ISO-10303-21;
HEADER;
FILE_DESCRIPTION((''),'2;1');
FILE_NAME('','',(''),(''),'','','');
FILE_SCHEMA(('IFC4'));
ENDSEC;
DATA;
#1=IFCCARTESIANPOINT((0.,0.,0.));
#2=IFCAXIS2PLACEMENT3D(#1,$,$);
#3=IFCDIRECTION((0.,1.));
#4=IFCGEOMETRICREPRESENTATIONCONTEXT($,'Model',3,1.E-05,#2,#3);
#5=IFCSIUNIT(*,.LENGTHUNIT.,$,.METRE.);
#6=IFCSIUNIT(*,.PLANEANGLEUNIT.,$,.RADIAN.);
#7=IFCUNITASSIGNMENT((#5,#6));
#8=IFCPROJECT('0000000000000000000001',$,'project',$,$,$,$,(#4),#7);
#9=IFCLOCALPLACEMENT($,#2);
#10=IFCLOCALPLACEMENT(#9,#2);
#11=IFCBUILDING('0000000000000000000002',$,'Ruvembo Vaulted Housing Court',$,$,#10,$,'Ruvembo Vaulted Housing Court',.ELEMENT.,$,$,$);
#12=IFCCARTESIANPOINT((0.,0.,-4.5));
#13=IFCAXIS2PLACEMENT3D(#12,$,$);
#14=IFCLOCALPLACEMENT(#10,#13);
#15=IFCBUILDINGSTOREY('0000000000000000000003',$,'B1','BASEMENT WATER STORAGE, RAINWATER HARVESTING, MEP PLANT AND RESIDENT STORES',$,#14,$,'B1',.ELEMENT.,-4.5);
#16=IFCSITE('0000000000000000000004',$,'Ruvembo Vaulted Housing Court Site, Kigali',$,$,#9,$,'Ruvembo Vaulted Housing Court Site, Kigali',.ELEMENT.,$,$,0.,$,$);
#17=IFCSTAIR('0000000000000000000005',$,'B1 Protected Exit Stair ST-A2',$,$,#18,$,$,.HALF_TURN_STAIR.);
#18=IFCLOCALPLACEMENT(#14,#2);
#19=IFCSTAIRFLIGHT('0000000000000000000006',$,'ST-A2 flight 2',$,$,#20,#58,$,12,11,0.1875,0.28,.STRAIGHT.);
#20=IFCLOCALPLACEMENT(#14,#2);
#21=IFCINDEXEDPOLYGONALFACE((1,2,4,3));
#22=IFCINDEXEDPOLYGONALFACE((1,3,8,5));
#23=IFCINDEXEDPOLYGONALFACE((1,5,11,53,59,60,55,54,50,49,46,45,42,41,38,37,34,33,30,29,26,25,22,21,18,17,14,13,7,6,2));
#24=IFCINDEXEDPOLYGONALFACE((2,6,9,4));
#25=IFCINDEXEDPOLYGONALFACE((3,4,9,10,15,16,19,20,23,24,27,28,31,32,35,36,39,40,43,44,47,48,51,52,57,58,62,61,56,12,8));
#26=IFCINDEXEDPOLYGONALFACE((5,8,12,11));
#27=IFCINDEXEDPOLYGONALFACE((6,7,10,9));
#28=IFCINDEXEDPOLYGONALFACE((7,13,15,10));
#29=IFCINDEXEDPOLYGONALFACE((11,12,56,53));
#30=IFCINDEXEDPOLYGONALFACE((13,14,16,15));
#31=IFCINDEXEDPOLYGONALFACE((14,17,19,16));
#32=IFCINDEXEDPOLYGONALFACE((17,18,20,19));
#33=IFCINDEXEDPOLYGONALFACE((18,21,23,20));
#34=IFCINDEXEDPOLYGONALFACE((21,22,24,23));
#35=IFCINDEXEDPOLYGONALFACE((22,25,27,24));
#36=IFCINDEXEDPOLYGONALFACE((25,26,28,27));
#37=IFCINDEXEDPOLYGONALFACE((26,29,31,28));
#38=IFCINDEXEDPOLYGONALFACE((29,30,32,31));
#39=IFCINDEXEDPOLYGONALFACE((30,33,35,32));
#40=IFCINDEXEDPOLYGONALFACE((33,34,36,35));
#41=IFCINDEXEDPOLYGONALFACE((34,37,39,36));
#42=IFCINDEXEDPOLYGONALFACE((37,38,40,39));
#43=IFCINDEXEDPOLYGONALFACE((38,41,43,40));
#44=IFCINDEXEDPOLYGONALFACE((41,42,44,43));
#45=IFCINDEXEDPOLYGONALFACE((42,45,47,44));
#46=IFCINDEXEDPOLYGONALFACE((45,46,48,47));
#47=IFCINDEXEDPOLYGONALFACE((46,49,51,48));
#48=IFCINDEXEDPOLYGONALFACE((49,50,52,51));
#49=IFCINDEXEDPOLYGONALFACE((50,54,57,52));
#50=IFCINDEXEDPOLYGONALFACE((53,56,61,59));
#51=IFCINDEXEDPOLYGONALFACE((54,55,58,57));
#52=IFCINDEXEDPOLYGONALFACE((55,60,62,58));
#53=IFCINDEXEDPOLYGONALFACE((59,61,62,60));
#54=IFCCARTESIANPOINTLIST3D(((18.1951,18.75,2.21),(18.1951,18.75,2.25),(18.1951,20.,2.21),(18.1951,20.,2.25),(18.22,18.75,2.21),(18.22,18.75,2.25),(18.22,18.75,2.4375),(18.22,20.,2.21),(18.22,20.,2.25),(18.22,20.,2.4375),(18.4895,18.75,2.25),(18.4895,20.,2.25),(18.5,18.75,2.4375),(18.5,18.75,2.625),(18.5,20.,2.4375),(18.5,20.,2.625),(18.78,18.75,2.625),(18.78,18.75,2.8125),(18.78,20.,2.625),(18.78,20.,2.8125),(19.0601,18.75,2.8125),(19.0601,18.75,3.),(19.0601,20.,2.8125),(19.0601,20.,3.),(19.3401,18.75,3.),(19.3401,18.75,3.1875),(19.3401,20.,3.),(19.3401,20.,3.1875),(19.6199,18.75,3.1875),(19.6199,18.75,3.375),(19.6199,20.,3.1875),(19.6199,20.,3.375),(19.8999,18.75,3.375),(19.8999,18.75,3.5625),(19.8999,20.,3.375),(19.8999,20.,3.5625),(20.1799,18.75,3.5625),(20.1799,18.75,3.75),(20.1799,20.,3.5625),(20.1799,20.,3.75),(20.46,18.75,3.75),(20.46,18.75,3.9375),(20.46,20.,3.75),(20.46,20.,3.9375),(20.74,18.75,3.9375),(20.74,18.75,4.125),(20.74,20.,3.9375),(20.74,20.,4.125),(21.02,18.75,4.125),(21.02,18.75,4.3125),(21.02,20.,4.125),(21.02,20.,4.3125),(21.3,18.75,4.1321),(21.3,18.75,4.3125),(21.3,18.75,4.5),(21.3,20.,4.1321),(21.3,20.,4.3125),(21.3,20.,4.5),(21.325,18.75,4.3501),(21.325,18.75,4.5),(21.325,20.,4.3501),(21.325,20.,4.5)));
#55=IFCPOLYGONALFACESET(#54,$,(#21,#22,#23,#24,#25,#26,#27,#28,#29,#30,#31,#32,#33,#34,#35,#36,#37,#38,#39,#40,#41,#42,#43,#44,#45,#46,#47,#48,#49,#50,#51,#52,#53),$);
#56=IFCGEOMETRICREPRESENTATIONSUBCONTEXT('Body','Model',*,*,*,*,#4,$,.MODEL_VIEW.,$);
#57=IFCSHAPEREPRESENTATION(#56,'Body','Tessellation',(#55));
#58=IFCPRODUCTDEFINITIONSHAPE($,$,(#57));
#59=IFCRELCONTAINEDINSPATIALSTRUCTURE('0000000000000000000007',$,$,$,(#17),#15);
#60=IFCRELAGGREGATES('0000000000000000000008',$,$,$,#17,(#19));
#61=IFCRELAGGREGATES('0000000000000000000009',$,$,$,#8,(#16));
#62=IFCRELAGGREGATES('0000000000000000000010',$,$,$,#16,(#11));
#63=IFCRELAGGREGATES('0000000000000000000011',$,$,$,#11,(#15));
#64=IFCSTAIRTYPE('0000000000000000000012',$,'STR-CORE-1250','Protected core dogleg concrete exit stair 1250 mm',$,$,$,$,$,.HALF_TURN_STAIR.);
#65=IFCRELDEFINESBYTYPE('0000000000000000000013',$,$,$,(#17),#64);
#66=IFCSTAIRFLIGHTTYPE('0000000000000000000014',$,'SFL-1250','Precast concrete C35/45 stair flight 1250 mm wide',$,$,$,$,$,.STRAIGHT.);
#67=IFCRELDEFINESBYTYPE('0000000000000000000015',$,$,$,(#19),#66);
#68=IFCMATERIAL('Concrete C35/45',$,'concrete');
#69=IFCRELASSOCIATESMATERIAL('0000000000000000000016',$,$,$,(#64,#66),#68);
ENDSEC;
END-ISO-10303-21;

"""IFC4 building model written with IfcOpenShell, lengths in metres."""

from ifc_helpers import new_model, si_unit, direction, frame, origin, place, context, subcontext, project, spatial, polyline, outline, extrude, material, type_object, element, aggregate, save


model = new_model("IFC4")

# Units and contexts
model_context = context("Model", 3, precision=1e-05, world=origin(), true_north=direction((0.0, 1.0)))
body_context = subcontext(model_context, "Body", "Model", "MODEL_VIEW")
ifc_project = project(units=[si_unit("LENGTHUNIT", "METRE"), si_unit("PLANEANGLEUNIT", "RADIAN")], contexts=[model_context])

# Site, building, storey
site_placement = place(None, origin())
site = spatial("IfcSite", under=ifc_project, at=site_placement, Name="Ruvembo Vaulted Housing Court Site, Kigali", LongName="Ruvembo Vaulted Housing Court Site, Kigali", CompositionType="ELEMENT", RefElevation=0.0)
building_placement = place(site_placement, origin())
building = spatial("IfcBuilding", under=site, at=building_placement, Name="Ruvembo Vaulted Housing Court", LongName="Ruvembo Vaulted Housing Court", CompositionType="ELEMENT")
storey_placement = place(building_placement, frame((0.0, 0.0, -4.5)))
storey = spatial("IfcBuildingStorey", under=building, at=storey_placement, Name="B1", Description="BASEMENT WATER STORAGE, RAINWATER HARVESTING, MEP PLANT AND RESIDENT STORES", LongName="B1", CompositionType="ELEMENT", Elevation=-4.5)

# Shared definitions
ifc_material_1 = material(Name="Concrete C35/45", Category="concrete")

# Stair, stair flight
stair_type = type_object("IfcStairType", Name="STR-CORE-1250", Description="Protected core dogleg concrete exit stair 1250 mm", PredefinedType="HALF_TURN_STAIR", material=ifc_material_1)
stair_placement = place(storey_placement, origin())
stair = element("IfcStair", 1, at=stair_placement, inside=storey, type_object=stair_type, Name="B1 Protected Exit Stair ST-A2", PredefinedType="HALF_TURN_STAIR")
stair_flight_type = type_object("IfcStairFlightType", Name="SFL-1250", Description="Precast concrete C35/45 stair flight 1250 mm wide", PredefinedType="STRAIGHT", material=ifc_material_1)
stair_flight_1_placement = place(storey_placement, frame((18.22, 19.375, 2.25), z_axis=(0.0, 0.0, 1.0), x_axis=(1.0, 0.0, 0.0)))
stair_flight_1 = element("IfcStairFlight", 2, at=stair_flight_1_placement, type_object=stair_flight_type, Name="ST-A2 flight 2", NumberOfRisers=12, NumberOfTreads=11, PredefinedType="STRAIGHT", RiserHeight=0.1875, TreadLength=0.28, context=body_context, shape_type="SweptSolid", body=[
    extrude(outline(polyline([(-0.0249, -0.04), (-0.0249, 0.0), (0.0, 0.0), (0.0, 0.1875), (0.28, 0.1875), (0.28, 0.375), (0.5601, 0.375), (0.5601, 0.5625), (0.8401, 0.5625), (0.8401, 0.75), (1.1201, 0.75), (1.1201, 0.9375), (1.3999, 0.9375), (1.3999, 1.125), (1.6799, 1.125), (1.6799, 1.3125), (1.96, 1.3125), (1.96, 1.5), (2.24, 1.5), (2.24, 1.6875), (2.52, 1.6875), (2.52, 1.875), (2.8, 1.875), (2.8, 2.0625), (3.0801, 2.0625), (3.0801, 2.25), (3.105, 2.25), (3.105, 2.1001), (3.0801, 1.8821), (0.2695, 0.0), (0.0, -0.04), (-0.0249, -0.04)])), frame((0.0, 0.625, 0.0), z_axis=(0.0, -1.0, 0.0), x_axis=(1.0, 0.0, 0.0)), (0.0, 0.0, 1.0), 1.25),
])
aggregate(stair, [stair_flight_1])

save(model, "model.ifc")
